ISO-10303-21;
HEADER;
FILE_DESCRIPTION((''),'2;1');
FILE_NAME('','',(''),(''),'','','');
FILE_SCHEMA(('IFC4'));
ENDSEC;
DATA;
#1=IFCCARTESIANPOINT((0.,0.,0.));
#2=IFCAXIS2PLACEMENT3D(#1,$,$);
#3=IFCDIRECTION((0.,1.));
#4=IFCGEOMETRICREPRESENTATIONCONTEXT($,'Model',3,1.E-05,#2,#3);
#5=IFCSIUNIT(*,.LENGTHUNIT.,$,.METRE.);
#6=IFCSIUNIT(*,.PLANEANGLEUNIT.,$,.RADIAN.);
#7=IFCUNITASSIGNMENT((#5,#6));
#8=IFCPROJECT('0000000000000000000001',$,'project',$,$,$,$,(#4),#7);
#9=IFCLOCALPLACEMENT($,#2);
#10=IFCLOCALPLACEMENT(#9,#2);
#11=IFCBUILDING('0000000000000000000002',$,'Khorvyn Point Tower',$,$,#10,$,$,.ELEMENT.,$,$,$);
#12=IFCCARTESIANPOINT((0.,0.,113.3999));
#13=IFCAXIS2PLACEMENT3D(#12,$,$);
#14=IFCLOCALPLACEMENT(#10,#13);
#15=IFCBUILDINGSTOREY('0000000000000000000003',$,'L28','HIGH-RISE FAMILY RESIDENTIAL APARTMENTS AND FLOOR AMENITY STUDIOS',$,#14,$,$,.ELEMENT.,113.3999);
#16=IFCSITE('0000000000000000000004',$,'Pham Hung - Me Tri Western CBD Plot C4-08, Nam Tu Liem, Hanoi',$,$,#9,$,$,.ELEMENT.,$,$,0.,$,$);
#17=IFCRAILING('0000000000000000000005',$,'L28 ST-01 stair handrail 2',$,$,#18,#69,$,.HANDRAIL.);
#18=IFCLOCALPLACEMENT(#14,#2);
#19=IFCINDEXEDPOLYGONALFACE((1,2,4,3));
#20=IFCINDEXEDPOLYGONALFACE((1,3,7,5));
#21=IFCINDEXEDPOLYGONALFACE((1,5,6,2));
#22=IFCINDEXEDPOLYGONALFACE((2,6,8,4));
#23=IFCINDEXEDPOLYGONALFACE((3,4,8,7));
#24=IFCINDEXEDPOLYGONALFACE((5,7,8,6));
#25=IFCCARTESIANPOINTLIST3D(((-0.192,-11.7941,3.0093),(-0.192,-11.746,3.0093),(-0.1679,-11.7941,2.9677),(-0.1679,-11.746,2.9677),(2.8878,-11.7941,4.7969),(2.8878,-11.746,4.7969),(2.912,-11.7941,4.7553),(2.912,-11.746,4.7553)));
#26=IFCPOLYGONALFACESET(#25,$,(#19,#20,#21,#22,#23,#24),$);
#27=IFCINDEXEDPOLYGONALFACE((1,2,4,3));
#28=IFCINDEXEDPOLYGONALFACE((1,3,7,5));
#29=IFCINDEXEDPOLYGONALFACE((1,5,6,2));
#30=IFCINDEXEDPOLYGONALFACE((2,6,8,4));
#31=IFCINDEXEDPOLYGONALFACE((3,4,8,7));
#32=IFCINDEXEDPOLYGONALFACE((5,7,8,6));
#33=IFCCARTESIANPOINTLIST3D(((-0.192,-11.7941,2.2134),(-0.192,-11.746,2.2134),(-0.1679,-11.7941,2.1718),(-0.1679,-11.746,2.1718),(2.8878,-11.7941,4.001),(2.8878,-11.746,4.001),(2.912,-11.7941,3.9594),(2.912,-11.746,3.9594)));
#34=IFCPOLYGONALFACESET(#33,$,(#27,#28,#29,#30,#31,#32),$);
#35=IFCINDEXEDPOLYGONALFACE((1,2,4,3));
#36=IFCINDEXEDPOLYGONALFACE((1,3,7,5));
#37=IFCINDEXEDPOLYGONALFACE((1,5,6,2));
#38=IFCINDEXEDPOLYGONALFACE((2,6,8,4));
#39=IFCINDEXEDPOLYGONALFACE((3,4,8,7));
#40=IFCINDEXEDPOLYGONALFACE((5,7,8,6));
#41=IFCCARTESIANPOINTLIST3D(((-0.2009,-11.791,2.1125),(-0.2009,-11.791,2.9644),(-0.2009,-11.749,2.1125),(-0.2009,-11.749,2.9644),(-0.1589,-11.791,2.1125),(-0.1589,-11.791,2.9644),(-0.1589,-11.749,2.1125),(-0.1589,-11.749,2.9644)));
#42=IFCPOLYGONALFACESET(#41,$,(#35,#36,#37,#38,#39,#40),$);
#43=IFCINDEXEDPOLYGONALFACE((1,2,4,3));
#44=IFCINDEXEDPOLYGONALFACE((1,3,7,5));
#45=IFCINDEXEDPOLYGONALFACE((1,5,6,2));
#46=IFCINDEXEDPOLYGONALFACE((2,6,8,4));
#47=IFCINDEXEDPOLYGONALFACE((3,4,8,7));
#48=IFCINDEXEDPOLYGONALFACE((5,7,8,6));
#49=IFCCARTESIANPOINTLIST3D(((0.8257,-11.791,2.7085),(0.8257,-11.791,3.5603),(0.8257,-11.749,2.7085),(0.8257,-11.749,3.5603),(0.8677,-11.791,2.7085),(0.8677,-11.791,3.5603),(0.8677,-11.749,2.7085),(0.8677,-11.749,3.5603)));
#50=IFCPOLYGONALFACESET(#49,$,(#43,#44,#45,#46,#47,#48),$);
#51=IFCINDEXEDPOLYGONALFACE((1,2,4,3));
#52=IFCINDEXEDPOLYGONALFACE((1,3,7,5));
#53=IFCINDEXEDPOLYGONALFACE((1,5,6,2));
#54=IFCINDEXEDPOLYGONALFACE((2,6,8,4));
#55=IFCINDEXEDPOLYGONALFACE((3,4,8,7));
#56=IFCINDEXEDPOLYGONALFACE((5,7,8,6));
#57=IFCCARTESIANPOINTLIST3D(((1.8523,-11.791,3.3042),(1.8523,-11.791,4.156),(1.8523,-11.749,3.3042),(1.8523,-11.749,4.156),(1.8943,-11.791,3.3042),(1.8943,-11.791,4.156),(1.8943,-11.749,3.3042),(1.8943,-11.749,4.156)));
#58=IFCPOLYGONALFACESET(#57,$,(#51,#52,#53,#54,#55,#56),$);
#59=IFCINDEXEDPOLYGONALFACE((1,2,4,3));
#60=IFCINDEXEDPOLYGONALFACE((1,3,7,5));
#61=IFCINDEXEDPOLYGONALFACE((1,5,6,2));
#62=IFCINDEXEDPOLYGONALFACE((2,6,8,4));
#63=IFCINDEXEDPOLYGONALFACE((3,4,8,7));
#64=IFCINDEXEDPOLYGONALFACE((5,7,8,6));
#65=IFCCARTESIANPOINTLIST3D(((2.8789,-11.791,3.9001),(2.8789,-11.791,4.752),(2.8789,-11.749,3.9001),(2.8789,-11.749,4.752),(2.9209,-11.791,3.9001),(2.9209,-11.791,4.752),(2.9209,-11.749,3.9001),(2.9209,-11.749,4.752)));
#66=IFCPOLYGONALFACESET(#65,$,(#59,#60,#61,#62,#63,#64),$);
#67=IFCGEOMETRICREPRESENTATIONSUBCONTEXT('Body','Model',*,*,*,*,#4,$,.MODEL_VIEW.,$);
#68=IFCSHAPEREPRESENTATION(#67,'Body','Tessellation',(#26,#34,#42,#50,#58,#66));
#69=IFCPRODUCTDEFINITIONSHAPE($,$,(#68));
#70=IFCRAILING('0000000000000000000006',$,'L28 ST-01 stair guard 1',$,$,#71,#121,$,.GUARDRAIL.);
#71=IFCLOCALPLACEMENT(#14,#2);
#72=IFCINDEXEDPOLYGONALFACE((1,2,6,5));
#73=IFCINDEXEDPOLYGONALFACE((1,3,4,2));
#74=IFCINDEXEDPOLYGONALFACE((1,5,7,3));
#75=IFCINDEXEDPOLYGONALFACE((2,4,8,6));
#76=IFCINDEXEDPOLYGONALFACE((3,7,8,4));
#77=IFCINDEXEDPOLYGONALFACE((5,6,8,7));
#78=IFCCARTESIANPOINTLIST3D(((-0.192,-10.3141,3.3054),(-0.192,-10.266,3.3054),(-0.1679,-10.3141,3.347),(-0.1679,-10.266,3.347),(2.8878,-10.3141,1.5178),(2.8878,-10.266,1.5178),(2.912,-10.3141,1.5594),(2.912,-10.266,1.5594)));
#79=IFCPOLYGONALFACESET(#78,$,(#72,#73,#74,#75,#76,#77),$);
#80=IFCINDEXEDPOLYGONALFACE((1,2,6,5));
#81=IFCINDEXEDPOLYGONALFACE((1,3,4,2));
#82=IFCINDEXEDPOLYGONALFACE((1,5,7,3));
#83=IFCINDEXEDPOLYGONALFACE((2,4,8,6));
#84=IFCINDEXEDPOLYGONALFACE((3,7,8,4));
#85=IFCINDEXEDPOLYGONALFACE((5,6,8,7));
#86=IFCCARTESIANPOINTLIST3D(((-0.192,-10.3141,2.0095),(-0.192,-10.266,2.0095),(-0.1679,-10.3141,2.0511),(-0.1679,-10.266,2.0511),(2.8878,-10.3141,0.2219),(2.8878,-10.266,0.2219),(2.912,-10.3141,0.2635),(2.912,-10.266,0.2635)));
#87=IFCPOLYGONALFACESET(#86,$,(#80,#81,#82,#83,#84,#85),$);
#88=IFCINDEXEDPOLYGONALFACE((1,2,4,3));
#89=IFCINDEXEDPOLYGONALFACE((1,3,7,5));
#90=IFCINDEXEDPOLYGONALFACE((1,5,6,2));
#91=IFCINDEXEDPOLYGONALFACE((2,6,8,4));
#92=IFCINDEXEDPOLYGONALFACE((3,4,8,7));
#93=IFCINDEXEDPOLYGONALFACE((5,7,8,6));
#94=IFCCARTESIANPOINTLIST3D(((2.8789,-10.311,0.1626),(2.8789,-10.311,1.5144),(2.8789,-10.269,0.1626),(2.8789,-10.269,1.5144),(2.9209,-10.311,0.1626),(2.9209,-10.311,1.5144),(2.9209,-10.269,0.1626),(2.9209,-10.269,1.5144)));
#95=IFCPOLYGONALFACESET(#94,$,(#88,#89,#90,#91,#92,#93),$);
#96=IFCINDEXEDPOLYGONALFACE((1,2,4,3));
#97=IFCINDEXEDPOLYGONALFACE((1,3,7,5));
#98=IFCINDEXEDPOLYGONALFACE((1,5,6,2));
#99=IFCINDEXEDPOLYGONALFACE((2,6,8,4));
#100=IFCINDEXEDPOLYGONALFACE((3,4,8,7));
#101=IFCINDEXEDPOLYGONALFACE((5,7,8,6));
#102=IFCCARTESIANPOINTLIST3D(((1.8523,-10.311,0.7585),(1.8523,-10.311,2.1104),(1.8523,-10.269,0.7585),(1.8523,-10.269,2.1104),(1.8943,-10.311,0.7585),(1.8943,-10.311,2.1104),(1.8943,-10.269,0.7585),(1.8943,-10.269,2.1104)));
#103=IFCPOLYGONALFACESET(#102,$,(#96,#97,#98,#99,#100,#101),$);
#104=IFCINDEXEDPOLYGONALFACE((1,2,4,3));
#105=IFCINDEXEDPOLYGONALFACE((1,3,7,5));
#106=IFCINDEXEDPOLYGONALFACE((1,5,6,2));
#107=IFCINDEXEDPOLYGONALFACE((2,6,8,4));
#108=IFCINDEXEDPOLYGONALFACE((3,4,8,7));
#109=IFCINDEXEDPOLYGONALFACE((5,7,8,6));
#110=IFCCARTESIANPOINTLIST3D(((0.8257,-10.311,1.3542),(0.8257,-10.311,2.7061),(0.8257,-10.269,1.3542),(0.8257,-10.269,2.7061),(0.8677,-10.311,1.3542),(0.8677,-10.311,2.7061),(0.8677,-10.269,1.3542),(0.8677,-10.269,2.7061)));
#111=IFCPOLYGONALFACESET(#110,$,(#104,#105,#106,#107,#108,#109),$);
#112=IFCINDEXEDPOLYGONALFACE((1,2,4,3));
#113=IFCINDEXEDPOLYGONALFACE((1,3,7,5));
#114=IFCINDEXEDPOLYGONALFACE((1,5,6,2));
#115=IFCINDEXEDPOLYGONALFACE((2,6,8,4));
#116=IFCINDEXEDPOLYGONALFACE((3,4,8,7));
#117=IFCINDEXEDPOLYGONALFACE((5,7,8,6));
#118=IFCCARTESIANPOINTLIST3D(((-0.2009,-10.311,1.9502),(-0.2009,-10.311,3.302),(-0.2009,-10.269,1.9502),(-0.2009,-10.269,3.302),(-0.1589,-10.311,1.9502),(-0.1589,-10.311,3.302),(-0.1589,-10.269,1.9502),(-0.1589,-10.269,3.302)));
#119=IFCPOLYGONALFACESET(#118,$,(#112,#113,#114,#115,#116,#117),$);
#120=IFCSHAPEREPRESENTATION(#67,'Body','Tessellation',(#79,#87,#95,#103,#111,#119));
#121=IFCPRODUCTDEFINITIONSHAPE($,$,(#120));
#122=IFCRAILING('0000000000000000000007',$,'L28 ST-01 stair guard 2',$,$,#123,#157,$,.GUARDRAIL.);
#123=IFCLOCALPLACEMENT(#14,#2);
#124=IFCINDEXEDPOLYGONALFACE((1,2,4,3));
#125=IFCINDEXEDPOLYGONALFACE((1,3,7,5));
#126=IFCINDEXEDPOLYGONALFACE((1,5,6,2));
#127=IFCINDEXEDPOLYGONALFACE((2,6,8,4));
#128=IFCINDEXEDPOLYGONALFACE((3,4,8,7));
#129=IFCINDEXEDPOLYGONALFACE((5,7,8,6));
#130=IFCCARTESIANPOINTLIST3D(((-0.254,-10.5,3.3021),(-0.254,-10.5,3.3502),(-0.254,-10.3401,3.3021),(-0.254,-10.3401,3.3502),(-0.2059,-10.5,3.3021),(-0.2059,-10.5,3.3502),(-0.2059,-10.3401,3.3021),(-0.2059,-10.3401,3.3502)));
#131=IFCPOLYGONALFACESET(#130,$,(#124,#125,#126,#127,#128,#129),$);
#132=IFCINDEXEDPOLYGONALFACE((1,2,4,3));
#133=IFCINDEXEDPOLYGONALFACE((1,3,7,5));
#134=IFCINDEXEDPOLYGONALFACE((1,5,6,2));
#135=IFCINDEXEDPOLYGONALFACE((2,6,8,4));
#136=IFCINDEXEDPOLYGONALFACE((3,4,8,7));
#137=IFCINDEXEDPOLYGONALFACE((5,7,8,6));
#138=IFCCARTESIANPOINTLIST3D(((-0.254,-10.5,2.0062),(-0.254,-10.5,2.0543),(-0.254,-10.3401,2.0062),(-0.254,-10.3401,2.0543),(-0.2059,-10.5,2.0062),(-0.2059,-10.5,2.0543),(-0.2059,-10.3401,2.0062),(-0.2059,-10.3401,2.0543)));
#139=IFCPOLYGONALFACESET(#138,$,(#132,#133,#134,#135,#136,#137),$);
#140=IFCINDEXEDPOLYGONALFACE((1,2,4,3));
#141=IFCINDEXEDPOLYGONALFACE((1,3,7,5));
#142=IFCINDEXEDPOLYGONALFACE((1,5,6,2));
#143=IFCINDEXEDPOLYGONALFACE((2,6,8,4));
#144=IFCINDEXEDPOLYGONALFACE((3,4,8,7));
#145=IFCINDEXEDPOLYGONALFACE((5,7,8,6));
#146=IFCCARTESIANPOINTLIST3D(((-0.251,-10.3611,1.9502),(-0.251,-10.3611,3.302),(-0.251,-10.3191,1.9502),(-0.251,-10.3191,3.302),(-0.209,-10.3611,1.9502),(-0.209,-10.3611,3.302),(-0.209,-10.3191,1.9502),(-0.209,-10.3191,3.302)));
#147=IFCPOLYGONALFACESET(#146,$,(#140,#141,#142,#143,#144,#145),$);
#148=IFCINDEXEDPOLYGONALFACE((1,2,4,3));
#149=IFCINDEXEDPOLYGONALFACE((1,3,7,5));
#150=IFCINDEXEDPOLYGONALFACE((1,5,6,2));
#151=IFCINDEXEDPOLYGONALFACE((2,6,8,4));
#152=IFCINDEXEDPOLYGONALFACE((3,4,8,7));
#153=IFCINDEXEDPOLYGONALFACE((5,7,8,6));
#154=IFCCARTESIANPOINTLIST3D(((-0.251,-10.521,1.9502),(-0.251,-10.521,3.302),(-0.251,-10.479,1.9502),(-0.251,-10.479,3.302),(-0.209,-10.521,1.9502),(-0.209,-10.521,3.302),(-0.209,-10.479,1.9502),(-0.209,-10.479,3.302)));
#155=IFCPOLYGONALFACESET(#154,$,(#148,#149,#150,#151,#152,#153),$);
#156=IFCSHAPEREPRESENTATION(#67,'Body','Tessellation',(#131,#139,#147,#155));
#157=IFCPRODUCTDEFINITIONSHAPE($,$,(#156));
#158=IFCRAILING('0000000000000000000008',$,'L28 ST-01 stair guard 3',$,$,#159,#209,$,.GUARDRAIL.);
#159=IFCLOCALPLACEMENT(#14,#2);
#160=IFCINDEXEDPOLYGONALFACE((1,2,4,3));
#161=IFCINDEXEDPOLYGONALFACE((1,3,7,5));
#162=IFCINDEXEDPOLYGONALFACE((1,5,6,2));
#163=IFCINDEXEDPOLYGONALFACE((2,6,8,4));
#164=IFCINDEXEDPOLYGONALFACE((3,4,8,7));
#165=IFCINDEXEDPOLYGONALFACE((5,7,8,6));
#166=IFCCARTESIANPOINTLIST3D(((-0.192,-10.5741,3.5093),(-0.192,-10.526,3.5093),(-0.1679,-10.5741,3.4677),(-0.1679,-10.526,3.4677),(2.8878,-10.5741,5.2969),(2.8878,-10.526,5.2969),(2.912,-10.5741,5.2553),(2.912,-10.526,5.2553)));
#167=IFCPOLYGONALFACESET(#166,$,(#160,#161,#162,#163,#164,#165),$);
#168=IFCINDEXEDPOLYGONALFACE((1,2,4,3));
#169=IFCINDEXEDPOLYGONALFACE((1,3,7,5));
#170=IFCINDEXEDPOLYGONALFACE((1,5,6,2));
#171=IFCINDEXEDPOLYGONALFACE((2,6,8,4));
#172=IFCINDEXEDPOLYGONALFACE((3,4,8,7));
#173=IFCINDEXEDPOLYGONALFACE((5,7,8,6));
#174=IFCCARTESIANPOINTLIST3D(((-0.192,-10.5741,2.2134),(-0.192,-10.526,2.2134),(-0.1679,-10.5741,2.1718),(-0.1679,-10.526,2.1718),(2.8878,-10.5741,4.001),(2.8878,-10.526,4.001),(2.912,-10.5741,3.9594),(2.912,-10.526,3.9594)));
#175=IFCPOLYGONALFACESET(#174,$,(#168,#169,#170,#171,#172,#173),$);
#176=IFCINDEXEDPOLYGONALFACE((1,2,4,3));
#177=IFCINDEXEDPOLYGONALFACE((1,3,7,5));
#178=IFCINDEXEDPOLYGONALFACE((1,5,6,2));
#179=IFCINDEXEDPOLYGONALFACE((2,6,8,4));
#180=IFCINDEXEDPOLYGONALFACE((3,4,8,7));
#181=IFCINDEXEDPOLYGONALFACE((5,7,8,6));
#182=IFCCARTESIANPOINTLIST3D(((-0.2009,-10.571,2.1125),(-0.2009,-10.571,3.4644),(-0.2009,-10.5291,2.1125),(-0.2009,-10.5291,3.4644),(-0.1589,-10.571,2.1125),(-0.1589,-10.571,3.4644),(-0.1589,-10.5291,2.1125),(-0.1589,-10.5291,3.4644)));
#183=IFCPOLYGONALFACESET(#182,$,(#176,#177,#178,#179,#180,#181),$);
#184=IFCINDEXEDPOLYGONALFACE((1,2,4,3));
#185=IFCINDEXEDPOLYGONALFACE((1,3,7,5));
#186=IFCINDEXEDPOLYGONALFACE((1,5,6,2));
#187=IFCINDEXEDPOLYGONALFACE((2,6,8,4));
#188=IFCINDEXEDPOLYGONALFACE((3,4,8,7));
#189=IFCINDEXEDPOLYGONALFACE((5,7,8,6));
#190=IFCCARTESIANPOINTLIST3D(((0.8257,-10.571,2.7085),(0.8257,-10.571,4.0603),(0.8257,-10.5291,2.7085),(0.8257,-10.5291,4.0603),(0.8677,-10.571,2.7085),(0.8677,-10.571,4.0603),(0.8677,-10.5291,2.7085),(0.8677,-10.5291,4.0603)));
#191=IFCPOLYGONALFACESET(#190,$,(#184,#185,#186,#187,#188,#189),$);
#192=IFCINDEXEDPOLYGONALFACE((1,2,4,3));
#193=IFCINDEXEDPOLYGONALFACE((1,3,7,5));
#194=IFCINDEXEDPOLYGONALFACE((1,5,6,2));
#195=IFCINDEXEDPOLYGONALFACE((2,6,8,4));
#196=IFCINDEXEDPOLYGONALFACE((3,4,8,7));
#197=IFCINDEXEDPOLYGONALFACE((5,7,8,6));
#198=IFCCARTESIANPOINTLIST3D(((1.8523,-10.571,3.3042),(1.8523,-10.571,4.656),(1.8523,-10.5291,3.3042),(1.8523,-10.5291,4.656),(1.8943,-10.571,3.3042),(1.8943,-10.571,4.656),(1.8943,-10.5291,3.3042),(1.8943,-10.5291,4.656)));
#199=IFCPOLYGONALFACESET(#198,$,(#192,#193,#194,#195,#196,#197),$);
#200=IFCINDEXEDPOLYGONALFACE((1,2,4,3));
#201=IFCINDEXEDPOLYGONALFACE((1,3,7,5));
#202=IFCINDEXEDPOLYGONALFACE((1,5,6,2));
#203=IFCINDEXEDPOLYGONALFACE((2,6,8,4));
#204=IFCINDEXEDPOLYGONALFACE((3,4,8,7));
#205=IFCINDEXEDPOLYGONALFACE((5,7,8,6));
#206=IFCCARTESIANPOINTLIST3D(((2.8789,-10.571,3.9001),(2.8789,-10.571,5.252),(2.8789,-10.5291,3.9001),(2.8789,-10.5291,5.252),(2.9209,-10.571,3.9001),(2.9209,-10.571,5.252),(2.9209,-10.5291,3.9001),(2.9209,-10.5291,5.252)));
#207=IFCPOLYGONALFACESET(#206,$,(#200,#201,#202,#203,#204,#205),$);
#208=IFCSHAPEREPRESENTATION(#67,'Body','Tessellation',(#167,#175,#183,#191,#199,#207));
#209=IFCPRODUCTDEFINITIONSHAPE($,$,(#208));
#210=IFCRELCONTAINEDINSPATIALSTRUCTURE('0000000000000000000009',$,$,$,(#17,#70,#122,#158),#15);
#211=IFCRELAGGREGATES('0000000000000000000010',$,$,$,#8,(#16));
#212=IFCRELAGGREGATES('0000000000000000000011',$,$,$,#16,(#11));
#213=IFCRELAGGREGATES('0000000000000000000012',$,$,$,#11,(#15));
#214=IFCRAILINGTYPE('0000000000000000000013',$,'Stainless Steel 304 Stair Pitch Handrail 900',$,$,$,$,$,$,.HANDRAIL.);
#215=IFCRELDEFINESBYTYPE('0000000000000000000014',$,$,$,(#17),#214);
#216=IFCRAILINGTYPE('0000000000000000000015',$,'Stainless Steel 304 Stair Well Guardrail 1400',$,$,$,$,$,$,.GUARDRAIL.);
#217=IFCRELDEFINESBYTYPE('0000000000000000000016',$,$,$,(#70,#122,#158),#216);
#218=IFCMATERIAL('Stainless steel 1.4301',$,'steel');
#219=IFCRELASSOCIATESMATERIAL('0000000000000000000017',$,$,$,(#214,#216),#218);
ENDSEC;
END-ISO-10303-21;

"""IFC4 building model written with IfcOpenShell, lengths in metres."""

from ifc_helpers import new_model, si_unit, direction, frame, origin, origin_2d, place, context, subcontext, project, spatial, rectangle, extrude, material, type_object, element, save


model = new_model("IFC4")

# Units and contexts
model_context = context("Model", 3, precision=1e-05, world=origin(), true_north=direction((0.0, 1.0)))
body_context = subcontext(model_context, "Body", "Model", "MODEL_VIEW")
ifc_project = project(units=[si_unit("LENGTHUNIT", "METRE"), si_unit("PLANEANGLEUNIT", "RADIAN")], contexts=[model_context])

# Site, building, storey
site_placement = place(None, origin())
site = spatial("IfcSite", under=ifc_project, at=site_placement, Name="Pham Hung - Me Tri Western CBD Plot C4-08, Nam Tu Liem, Hanoi", CompositionType="ELEMENT", RefElevation=0.0)
building_placement = place(site_placement, origin())
building = spatial("IfcBuilding", under=site, at=building_placement, Name="Khorvyn Point Tower", CompositionType="ELEMENT")
storey_placement = place(building_placement, frame((0.0, 0.0, 113.3999)))
storey = spatial("IfcBuildingStorey", under=building, at=storey_placement, Name="L28", Description="HIGH-RISE FAMILY RESIDENTIAL APARTMENTS AND FLOOR AMENITY STUDIOS", CompositionType="ELEMENT", Elevation=113.3999)

# Railings
ifc_material_1 = material(Name="Stainless steel 1.4301", Category="steel")
railing_type_1 = type_object("IfcRailingType", Name="Stainless Steel 304 Stair Pitch Handrail 900", PredefinedType="HANDRAIL", material=ifc_material_1)
railing_1_placement = place(storey_placement, frame((-0.1799, -11.77, 2.1125)))
element("IfcRailing", 1, at=railing_1_placement, inside=storey, type_object=railing_type_1, Name="L28 ST-01 stair handrail 2", PredefinedType="HANDRAIL", context=body_context, shape_type="SweptSolid", body=[
    extrude(rectangle(XDim=0.0481, YDim=0.0481, at=origin_2d()), frame((0.0, 0.0, 0.876), z_axis=(0.864873, 0.0, 0.50199), x_axis=(0.0, 1.0, 0.0)), (0.0, 0.0, 1.0), 3.561),
    extrude(rectangle(XDim=0.0481, YDim=0.0481, at=origin_2d()), frame((0.0, 0.0, 0.0801), z_axis=(0.864873, 0.0, 0.50199), x_axis=(0.0, 1.0, 0.0)), (0.0, 0.0, 1.0), 3.561),
    extrude(rectangle(XDim=0.042, YDim=0.042, at=origin_2d()), origin(), (0.0, 0.0, 1.0), 0.8518),
    extrude(rectangle(XDim=0.042, YDim=0.042, at=origin_2d()), frame((1.0266, 0.0, 0.5959)), (0.0, 0.0, 1.0), 0.8518),
    extrude(rectangle(XDim=0.042, YDim=0.042, at=origin_2d()), frame((2.0532, 0.0, 1.1917)), (0.0, 0.0, 1.0), 0.8518),
    extrude(rectangle(XDim=0.042, YDim=0.042, at=origin_2d()), frame((3.0798, 0.0, 1.7876)), (0.0, 0.0, 1.0), 0.8518),
])
railing_type_2 = type_object("IfcRailingType", Name="Stainless Steel 304 Stair Well Guardrail 1400", PredefinedType="GUARDRAIL", material=ifc_material_1)
railing_2_placement = place(storey_placement, frame((2.8999, -10.29, 0.1626)))
element("IfcRailing", 2, at=railing_2_placement, inside=storey, type_object=railing_type_2, Name="L28 ST-01 stair guard 1", PredefinedType="GUARDRAIL", context=body_context, shape_type="SweptSolid", body=[
    extrude(rectangle(XDim=0.0481, YDim=0.0481, at=origin_2d()), frame((0.0, 0.0, 1.376), z_axis=(-0.864873, 0.0, 0.50199), x_axis=(0.0, -1.0, 0.0)), (0.0, 0.0, 1.0), 3.561),
    extrude(rectangle(XDim=0.0481, YDim=0.0481, at=origin_2d()), frame((0.0, 0.0, 0.0801), z_axis=(-0.864873, 0.0, 0.50199), x_axis=(0.0, -1.0, 0.0)), (0.0, 0.0, 1.0), 3.561),
    extrude(rectangle(XDim=0.042, YDim=0.042, at=origin_2d()), origin(), (0.0, 0.0, 1.0), 1.3518),
    extrude(rectangle(XDim=0.042, YDim=0.042, at=origin_2d()), frame((-1.0266, 0.0, 0.5959)), (0.0, 0.0, 1.0), 1.3518),
    extrude(rectangle(XDim=0.042, YDim=0.042, at=origin_2d()), frame((-2.0532, 0.0, 1.1917)), (0.0, 0.0, 1.0), 1.3518),
    extrude(rectangle(XDim=0.042, YDim=0.042, at=origin_2d()), frame((-3.0798, 0.0, 1.7876)), (0.0, 0.0, 1.0), 1.3518),
])
railing_3_placement = place(storey_placement, frame((-0.23, -10.3401, 1.9502)))
element("IfcRailing", 3, at=railing_3_placement, inside=storey, type_object=railing_type_2, Name="L28 ST-01 stair guard 2", PredefinedType="GUARDRAIL", context=body_context, shape_type="SweptSolid", body=[
    extrude(rectangle(XDim=0.0481, YDim=0.0481, at=origin_2d()), frame((0.0, 0.0, 1.376), z_axis=(0.0, -1.0, 0.0), x_axis=(1.0, 0.0, 0.0)), (0.0, 0.0, 1.0), 0.1599),
    extrude(rectangle(XDim=0.0481, YDim=0.0481, at=origin_2d()), frame((0.0, 0.0, 0.0801), z_axis=(0.0, -1.0, 0.0), x_axis=(1.0, 0.0, 0.0)), (0.0, 0.0, 1.0), 0.1599),
    extrude(rectangle(XDim=0.042, YDim=0.042, at=origin_2d()), origin(), (0.0, 0.0, 1.0), 1.3518),
    extrude(rectangle(XDim=0.042, YDim=0.042, at=origin_2d()), frame((0.0, -0.1599, 0.0)), (0.0, 0.0, 1.0), 1.3518),
])
railing_4_placement = place(storey_placement, frame((-0.1799, -10.55, 2.1125)))
element("IfcRailing", 4, at=railing_4_placement, inside=storey, type_object=railing_type_2, Name="L28 ST-01 stair guard 3", PredefinedType="GUARDRAIL", context=body_context, shape_type="SweptSolid", body=[
    extrude(rectangle(XDim=0.0481, YDim=0.0481, at=origin_2d()), frame((0.0, 0.0, 1.376), z_axis=(0.864873, 0.0, 0.50199), x_axis=(0.0, 1.0, 0.0)), (0.0, 0.0, 1.0), 3.561),
    extrude(rectangle(XDim=0.0481, YDim=0.0481, at=origin_2d()), frame((0.0, 0.0, 0.0801), z_axis=(0.864873, 0.0, 0.50199), x_axis=(0.0, 1.0, 0.0)), (0.0, 0.0, 1.0), 3.561),
    extrude(rectangle(XDim=0.042, YDim=0.042, at=origin_2d()), origin(), (0.0, 0.0, 1.0), 1.3518),
    extrude(rectangle(XDim=0.042, YDim=0.042, at=origin_2d()), frame((1.0266, 0.0, 0.5959)), (0.0, 0.0, 1.0), 1.3518),
    extrude(rectangle(XDim=0.042, YDim=0.042, at=origin_2d()), frame((2.0532, 0.0, 1.1917)), (0.0, 0.0, 1.0), 1.3518),
    extrude(rectangle(XDim=0.042, YDim=0.042, at=origin_2d()), frame((3.0798, 0.0, 1.7876)), (0.0, 0.0, 1.0), 1.3518),
])

save(model, "model.ifc")
